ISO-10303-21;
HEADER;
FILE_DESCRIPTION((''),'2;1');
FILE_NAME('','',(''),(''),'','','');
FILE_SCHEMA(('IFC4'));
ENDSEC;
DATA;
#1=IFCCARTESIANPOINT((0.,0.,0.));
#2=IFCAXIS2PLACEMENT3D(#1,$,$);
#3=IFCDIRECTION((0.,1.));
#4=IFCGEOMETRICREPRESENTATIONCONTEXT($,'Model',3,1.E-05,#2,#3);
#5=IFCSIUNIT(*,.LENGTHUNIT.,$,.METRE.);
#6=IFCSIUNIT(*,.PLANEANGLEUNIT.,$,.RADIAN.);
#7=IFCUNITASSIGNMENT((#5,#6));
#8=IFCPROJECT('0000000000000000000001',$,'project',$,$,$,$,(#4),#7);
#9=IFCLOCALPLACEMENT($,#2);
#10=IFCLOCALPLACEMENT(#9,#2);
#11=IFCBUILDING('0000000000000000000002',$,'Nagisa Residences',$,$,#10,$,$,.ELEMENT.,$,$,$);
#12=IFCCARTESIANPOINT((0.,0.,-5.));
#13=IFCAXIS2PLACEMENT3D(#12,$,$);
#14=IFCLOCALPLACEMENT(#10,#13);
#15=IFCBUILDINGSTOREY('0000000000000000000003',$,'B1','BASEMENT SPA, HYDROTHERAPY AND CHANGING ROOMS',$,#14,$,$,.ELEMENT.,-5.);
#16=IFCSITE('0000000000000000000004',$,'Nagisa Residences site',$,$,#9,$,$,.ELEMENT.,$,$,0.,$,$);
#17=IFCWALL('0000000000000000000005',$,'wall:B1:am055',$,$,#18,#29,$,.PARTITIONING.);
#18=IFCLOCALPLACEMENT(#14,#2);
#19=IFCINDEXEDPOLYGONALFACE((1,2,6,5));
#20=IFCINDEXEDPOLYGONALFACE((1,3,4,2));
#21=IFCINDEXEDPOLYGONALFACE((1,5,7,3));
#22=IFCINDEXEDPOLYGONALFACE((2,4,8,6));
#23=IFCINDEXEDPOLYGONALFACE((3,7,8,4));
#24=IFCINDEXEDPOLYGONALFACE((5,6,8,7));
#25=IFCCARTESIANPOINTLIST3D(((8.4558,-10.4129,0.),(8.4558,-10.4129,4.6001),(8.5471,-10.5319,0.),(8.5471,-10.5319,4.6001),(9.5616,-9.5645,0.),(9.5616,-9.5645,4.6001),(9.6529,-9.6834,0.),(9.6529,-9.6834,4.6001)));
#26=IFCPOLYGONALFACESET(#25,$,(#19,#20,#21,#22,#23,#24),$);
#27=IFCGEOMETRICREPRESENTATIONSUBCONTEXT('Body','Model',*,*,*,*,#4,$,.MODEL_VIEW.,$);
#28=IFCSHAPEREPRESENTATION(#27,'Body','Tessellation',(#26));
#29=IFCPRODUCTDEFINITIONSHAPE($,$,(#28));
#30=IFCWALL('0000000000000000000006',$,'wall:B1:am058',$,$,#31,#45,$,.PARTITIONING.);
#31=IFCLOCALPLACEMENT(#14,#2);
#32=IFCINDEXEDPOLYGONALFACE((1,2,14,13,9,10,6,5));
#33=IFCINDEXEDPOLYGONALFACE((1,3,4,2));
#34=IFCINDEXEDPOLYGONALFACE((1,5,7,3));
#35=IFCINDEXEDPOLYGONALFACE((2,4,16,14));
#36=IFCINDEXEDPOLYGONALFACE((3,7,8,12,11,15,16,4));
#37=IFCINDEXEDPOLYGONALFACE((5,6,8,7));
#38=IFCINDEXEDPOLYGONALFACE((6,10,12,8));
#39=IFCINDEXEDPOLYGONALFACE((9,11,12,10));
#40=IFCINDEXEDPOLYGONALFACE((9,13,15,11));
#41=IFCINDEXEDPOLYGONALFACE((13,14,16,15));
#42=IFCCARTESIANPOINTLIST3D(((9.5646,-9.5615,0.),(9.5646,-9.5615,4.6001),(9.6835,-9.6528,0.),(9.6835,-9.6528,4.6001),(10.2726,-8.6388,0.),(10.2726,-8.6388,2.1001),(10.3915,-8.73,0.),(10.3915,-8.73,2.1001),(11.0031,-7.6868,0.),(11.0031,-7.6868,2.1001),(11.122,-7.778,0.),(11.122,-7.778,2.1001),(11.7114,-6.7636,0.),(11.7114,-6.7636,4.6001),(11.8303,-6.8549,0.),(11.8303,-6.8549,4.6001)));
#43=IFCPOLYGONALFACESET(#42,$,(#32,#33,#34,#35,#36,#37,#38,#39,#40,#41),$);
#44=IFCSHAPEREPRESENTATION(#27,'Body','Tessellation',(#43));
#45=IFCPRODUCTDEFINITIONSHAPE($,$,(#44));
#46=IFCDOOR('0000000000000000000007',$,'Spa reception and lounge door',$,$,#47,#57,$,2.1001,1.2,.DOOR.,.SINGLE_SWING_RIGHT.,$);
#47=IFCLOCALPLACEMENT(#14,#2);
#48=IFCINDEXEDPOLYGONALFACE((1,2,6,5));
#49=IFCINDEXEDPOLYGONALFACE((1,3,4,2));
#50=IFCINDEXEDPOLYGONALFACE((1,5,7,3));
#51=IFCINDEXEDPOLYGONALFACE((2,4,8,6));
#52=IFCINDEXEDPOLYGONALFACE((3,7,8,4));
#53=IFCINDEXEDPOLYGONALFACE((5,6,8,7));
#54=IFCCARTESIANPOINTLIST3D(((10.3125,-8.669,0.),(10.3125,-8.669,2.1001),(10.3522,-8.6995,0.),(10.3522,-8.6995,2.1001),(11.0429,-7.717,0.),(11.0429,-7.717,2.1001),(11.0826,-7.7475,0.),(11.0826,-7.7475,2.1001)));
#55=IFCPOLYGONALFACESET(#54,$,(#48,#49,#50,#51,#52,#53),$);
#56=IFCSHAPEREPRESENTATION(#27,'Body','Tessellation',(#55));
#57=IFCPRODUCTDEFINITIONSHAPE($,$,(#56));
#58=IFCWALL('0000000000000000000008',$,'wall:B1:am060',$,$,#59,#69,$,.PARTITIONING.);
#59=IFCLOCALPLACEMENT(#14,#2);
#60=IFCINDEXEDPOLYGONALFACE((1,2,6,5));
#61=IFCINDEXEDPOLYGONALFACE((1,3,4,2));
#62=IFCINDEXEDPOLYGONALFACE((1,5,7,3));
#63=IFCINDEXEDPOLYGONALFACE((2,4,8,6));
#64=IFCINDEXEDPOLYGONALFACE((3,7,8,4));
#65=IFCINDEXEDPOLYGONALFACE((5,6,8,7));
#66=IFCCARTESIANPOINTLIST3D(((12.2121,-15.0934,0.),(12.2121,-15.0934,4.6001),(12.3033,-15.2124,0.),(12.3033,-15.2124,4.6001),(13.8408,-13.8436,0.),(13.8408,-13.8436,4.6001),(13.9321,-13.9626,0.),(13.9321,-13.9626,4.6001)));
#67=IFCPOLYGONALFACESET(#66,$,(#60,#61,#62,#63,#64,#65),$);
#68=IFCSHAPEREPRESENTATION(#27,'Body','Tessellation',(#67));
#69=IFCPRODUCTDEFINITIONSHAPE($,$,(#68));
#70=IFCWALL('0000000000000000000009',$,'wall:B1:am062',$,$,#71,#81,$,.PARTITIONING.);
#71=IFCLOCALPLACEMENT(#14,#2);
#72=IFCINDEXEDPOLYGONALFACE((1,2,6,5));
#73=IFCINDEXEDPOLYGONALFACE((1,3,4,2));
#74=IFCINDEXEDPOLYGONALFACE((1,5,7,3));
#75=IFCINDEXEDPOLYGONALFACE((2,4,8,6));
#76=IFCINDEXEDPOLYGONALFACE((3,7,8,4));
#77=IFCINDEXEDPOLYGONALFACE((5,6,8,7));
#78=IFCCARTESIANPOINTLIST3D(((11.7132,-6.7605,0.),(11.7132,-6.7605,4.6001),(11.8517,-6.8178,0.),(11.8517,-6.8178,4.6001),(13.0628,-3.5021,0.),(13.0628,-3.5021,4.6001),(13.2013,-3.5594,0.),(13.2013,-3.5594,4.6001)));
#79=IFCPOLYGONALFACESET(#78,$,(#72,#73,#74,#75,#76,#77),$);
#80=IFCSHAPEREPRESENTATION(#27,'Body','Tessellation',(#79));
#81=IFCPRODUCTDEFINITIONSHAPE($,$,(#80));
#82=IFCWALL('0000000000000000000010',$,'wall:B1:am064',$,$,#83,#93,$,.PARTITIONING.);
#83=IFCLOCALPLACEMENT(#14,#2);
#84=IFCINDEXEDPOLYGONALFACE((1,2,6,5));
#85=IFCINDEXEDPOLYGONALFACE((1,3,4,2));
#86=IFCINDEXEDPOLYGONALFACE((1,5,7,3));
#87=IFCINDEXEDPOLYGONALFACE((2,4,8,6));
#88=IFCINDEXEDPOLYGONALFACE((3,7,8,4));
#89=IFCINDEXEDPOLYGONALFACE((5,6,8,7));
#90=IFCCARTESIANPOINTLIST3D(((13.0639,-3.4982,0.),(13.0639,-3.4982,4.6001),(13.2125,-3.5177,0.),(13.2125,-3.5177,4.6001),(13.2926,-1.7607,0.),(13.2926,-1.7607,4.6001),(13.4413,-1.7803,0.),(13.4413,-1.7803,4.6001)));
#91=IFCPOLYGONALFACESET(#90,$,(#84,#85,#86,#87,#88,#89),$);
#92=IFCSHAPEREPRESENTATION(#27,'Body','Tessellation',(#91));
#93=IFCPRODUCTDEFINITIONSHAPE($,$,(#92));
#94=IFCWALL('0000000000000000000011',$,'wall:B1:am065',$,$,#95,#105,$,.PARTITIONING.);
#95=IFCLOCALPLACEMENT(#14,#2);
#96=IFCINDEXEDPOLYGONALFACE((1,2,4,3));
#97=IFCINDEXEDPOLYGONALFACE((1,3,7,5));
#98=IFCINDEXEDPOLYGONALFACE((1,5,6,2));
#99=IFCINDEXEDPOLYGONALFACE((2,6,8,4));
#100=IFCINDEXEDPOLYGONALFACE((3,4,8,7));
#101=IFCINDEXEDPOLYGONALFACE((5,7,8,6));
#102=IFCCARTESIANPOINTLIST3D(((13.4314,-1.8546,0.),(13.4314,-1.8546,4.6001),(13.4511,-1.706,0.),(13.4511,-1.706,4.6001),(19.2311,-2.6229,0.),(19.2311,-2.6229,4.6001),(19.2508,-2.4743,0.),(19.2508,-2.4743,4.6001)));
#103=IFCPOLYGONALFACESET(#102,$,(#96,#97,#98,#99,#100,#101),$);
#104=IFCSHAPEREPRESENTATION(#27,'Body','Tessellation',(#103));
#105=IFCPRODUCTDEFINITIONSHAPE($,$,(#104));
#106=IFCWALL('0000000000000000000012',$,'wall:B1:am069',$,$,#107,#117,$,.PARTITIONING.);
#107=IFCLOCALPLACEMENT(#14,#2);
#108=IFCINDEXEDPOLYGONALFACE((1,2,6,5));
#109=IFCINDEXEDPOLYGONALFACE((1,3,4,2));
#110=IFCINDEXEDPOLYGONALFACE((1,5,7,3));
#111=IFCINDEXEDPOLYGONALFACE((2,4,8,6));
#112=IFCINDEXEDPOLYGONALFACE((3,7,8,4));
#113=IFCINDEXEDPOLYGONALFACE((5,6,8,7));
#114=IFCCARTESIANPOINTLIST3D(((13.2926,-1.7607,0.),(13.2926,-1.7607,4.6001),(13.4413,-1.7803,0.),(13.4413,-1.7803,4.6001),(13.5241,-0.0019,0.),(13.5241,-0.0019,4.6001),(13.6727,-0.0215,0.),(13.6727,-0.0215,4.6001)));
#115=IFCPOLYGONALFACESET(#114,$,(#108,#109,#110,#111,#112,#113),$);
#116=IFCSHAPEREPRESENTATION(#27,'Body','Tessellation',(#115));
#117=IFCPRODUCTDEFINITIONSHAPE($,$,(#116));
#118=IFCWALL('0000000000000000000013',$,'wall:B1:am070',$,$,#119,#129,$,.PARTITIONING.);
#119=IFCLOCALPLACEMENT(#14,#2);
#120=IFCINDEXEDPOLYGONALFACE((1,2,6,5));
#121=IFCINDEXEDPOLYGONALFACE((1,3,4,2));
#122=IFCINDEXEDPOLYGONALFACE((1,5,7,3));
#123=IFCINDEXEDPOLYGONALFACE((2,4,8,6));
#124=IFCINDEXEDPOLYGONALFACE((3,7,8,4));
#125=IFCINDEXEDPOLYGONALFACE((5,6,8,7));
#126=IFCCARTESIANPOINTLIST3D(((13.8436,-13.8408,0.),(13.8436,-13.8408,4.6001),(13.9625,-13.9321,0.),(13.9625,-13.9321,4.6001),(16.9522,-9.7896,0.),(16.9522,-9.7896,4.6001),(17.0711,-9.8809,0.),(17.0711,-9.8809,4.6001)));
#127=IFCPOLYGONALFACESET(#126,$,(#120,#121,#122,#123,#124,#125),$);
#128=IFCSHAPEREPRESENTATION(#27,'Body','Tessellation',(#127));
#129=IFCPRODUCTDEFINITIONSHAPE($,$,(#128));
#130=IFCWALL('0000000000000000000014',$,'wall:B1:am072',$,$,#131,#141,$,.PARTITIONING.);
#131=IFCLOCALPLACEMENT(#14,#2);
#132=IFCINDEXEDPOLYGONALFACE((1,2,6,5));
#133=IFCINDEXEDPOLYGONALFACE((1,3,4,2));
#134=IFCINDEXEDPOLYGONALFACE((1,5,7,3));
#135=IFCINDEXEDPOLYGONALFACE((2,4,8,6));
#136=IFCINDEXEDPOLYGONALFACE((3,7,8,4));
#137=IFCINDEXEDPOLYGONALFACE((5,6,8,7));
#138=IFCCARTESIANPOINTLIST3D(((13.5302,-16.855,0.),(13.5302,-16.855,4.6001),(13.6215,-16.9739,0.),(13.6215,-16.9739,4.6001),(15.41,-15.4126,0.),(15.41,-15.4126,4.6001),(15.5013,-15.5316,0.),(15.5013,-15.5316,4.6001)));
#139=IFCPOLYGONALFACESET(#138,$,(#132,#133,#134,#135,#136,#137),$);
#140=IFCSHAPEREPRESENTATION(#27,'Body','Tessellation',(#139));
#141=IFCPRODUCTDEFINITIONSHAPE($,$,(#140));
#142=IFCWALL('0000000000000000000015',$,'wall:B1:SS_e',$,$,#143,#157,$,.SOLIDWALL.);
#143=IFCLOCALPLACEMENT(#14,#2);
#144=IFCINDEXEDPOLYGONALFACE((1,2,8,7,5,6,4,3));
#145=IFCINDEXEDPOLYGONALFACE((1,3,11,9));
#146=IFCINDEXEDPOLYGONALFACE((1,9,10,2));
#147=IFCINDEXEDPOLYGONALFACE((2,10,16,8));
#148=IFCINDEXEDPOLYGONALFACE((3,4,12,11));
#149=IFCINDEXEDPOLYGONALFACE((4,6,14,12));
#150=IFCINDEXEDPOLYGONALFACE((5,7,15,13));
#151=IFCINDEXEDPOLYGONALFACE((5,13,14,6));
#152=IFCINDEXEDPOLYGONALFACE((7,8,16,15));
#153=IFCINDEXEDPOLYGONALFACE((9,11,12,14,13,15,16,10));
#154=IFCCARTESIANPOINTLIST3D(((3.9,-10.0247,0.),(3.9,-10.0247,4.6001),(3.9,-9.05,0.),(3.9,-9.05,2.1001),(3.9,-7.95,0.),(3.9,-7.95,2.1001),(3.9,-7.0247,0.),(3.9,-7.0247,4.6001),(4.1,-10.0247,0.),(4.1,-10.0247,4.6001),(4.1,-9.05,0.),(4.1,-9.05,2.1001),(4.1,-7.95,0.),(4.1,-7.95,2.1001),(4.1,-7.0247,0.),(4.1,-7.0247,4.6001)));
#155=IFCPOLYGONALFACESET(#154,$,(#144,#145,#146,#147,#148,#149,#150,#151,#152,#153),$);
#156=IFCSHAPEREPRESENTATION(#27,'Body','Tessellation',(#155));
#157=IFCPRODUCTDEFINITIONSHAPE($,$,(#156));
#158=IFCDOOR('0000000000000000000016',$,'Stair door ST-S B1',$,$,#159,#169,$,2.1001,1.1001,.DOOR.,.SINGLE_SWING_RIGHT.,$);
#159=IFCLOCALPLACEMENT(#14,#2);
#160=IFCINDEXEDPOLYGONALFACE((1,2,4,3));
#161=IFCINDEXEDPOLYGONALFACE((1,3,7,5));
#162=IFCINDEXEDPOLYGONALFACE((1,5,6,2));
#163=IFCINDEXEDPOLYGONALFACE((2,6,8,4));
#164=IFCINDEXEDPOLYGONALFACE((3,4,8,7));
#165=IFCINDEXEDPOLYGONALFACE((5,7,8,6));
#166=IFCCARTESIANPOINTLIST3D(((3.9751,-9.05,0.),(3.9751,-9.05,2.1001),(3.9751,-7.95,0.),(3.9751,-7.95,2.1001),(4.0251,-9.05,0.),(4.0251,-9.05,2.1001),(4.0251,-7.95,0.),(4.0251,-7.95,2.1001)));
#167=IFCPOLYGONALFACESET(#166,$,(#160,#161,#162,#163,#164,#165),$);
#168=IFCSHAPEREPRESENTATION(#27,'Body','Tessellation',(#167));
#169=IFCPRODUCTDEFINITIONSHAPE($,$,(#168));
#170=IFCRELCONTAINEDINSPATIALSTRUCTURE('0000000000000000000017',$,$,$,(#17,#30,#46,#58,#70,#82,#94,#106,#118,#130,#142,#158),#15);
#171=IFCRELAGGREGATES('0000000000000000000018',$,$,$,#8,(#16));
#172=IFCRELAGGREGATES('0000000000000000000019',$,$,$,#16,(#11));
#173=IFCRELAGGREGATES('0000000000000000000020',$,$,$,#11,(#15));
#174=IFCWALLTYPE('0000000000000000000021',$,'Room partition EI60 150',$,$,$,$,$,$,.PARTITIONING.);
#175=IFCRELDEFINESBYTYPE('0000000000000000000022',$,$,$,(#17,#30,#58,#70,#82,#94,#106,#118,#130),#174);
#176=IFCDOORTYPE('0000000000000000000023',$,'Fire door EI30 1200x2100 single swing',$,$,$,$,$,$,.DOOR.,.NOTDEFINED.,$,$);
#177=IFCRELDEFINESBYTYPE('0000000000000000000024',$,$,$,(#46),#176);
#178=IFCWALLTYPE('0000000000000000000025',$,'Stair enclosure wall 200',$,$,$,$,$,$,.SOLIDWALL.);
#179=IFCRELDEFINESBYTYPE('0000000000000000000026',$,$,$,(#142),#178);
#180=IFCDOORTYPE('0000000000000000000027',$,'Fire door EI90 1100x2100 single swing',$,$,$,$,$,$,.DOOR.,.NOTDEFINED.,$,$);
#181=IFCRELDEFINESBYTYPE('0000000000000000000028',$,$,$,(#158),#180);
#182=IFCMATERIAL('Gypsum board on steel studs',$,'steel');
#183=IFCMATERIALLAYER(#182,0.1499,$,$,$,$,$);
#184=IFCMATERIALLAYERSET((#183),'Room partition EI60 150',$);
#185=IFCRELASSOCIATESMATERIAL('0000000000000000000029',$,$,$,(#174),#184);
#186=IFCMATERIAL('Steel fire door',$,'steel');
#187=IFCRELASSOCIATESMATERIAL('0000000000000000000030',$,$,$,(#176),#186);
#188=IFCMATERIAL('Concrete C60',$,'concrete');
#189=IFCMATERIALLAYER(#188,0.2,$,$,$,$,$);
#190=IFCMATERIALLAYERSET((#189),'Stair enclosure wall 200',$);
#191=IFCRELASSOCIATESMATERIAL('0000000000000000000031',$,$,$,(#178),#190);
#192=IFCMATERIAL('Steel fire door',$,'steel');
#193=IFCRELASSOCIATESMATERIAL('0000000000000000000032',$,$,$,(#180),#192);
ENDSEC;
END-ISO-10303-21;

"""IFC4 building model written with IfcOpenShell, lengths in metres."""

from ifc_helpers import new_model, si_unit, direction, frame, frame_2d, origin, place, context, subcontext, project, spatial, rectangle, extrude, material, layer, layer_set, type_object, element, fill, save


model = new_model("IFC4")

# Units and contexts
model_context = context("Model", 3, precision=1e-05, world=origin(), true_north=direction((0.0, 1.0)))
body_context = subcontext(model_context, "Body", "Model", "MODEL_VIEW")
ifc_project = project(units=[si_unit("LENGTHUNIT", "METRE"), si_unit("PLANEANGLEUNIT", "RADIAN")], contexts=[model_context])

# Site, building, storey
site_placement = place(None, origin())
site = spatial("IfcSite", under=ifc_project, at=site_placement, Name="Nagisa Residences site", CompositionType="ELEMENT", RefElevation=0.0)
building_placement = place(site_placement, origin())
building = spatial("IfcBuilding", under=site, at=building_placement, Name="Nagisa Residences", CompositionType="ELEMENT")
storey_placement = place(building_placement, frame((0.0, 0.0, -5.0)))
storey = spatial("IfcBuildingStorey", under=building, at=storey_placement, Name="B1", Description="BASEMENT SPA, HYDROTHERAPY AND CHANGING ROOMS", CompositionType="ELEMENT", Elevation=-5.0)

# Wall
ifc_material_1 = material(Name="Gypsum board on steel studs", Category="steel")
ifc_layer_1 = layer(ifc_material_1, 0.1499)
ifc_layer_set_1 = layer_set([ifc_layer_1], Name="Room partition EI60 150")
wall_type_1 = type_object("IfcWallType", Name="Room partition EI60 150", PredefinedType="PARTITIONING", material=ifc_layer_set_1)
wall_1_placement = place(storey_placement, frame((9.6072, -9.624, 0.0), z_axis=(0.0, 0.0, 1.0), x_axis=(-0.793372, -0.608737, 0.0)))
element("IfcWall", 1, at=wall_1_placement, inside=storey, type_object=wall_type_1, Name="wall:B1:am055", PredefinedType="PARTITIONING", context=body_context, shape_type="SweptSolid", body=[
    extrude(rectangle(XDim=1.3938, YDim=0.1499, at=frame_2d((0.6968, 0.0))), origin(), (0.0, 0.0, 1.0), 4.6001),
])

# Wall, opening, door
wall_2_placement = place(storey_placement, frame((11.7708, -6.8093, 0.0), z_axis=(0.0, 0.0, 1.0), x_axis=(-0.608737, -0.793372, 0.0)))
wall_2 = element("IfcWall", 2, at=wall_2_placement, inside=storey, type_object=wall_type_1, Name="wall:B1:am058", PredefinedType="PARTITIONING", context=body_context, shape_type="SweptSolid", body=[
    extrude(rectangle(XDim=3.5266, YDim=0.1499, at=frame_2d((1.7632, 0.0))), origin(), (0.0, 0.0, 1.0), 4.6001),
])
opening_1_placement = place(wall_2_placement, frame((1.1633, 0.0, 0.0)))
opening_1 = element("IfcOpeningElement", 3, at=opening_1_placement, cuts=wall_2, PredefinedType="OPENING", context=body_context, shape_type="SweptSolid", body=[
    extrude(rectangle(XDim=1.2, YDim=2.1001, at=frame_2d((0.6001, 1.05))), frame((0.0, 0.085, 0.0), z_axis=(0.0, -1.0, 0.0), x_axis=(1.0, 0.0, 0.0)), (0.0, 0.0, 1.0), 0.1699),
])
ifc_material_2 = material(Name="Steel fire door", Category="steel")
door_type_1 = type_object("IfcDoorType", Name="Fire door EI30 1200x2100 single swing", OperationType="NOTDEFINED", PredefinedType="DOOR", material=ifc_material_2)
door_1_placement = place(opening_1_placement, frame((1.2, 0.0, 0.0), x_axis=(-1.0, 0.0, 0.0)))
door_1 = element("IfcDoor", 4, at=door_1_placement, inside=storey, type_object=door_type_1, Name="Spa reception and lounge door", OperationType="SINGLE_SWING_RIGHT", OverallHeight=2.1001, OverallWidth=1.2, PredefinedType="DOOR", context=body_context, shape_type="SweptSolid", body=[
    extrude(rectangle(XDim=1.2, YDim=2.1001, at=frame_2d((0.6001, 1.05))), frame((0.0, 0.0249, 0.0), z_axis=(0.0, -1.0, 0.0), x_axis=(1.0, 0.0, 0.0)), (0.0, 0.0, 1.0), 0.05),
])
fill(opening_1, door_1)

# Walls
wall_3_placement = place(storey_placement, frame((12.2578, -15.1528, 0.0), z_axis=(0.0, 0.0, 1.0), x_axis=(0.793344, 0.608774, 0.0)))
element("IfcWall", 5, at=wall_3_placement, inside=storey, type_object=wall_type_1, Name="wall:B1:am060", PredefinedType="PARTITIONING", context=body_context, shape_type="SweptSolid", body=[
    extrude(rectangle(XDim=2.053, YDim=0.1499, at=frame_2d((1.0264, 0.0))), origin(), (0.0, 0.0, 1.0), 4.6001),
])
wall_4_placement = place(storey_placement, frame((13.1321, -3.5308, 0.0), z_axis=(0.0, 0.0, 1.0), x_axis=(-0.382678, -0.923882, 0.0)))
element("IfcWall", 6, at=wall_4_placement, inside=storey, type_object=wall_type_1, Name="wall:B1:am062", PredefinedType="PARTITIONING", context=body_context, shape_type="SweptSolid", body=[
    extrude(rectangle(XDim=3.5269, YDim=0.1499, at=frame_2d((1.7634, 0.0))), origin(), (0.0, 0.0, 1.0), 4.6001),
])
wall_5_placement = place(storey_placement, frame((13.3669, -1.7705, 0.0), z_axis=(0.0, 0.0, 1.0), x_axis=(-0.13053, -0.991444, 0.0)))
element("IfcWall", 7, at=wall_5_placement, inside=storey, type_object=wall_type_1, Name="wall:B1:am064", PredefinedType="PARTITIONING", context=body_context, shape_type="SweptSolid", body=[
    extrude(rectangle(XDim=1.7524, YDim=0.1499, at=frame_2d((0.8762, 0.0))), origin(), (0.0, 0.0, 1.0), 4.6001),
])
wall_6_placement = place(storey_placement, frame((13.4412, -1.7803, 0.0), z_axis=(0.0, 0.0, 1.0), x_axis=(0.991339, -0.13133, 0.0)))
element("IfcWall", 8, at=wall_6_placement, inside=storey, type_object=wall_type_1, Name="wall:B1:am065", PredefinedType="PARTITIONING", context=body_context, shape_type="SweptSolid", body=[
    extrude(rectangle(XDim=5.8503, YDim=0.1499, at=frame_2d((2.9253, 0.0))), origin(), (0.0, 0.0, 1.0), 4.6001),
])
wall_7_placement = place(storey_placement, frame((13.5984, -0.0117, 0.0), z_axis=(0.0, 0.0, 1.0), x_axis=(-0.130469, -0.991452, 0.0)))
element("IfcWall", 9, at=wall_7_placement, inside=storey, type_object=wall_type_1, Name="wall:B1:am069", PredefinedType="PARTITIONING", context=body_context, shape_type="SweptSolid", body=[
    extrude(rectangle(XDim=1.7739, YDim=0.1499, at=frame_2d((0.887, 0.0))), origin(), (0.0, 0.0, 1.0), 4.6001),
])
wall_8_placement = place(storey_placement, frame((13.9031, -13.8865, 0.0), z_axis=(0.0, 0.0, 1.0), x_axis=(0.608761, 0.793354, 0.0)))
element("IfcWall", 10, at=wall_8_placement, inside=storey, type_object=wall_type_1, Name="wall:B1:am070", PredefinedType="PARTITIONING", context=body_context, shape_type="SweptSolid", body=[
    extrude(rectangle(XDim=5.1064, YDim=0.1499, at=frame_2d((2.5532, 0.0))), origin(), (0.0, 0.0, 1.0), 4.6001),
])
wall_9_placement = place(storey_placement, frame((15.4556, -15.4722, 0.0), z_axis=(0.0, 0.0, 1.0), x_axis=(-0.793374, -0.608734, 0.0)))
element("IfcWall", 11, at=wall_9_placement, inside=storey, type_object=wall_type_1, Name="wall:B1:am072", PredefinedType="PARTITIONING", context=body_context, shape_type="SweptSolid", body=[
    extrude(rectangle(XDim=2.3694, YDim=0.1499, at=frame_2d((1.1846, 0.0))), origin(), (0.0, 0.0, 1.0), 4.6001),
])

# Wall, opening, door
ifc_material_3 = material(Name="Concrete C60", Category="concrete")
ifc_layer_2 = layer(ifc_material_3, 0.2)
ifc_layer_set_2 = layer_set([ifc_layer_2], Name="Stair enclosure wall 200")
wall_type_2 = type_object("IfcWallType", Name="Stair enclosure wall 200", PredefinedType="SOLIDWALL", material=ifc_layer_set_2)
wall_10_placement = place(storey_placement, frame((4.0, -10.0247, 0.0), z_axis=(0.0, 0.0, 1.0), x_axis=(0.0, 1.0, 0.0)))
wall_10 = element("IfcWall", 12, at=wall_10_placement, inside=storey, type_object=wall_type_2, Name="wall:B1:SS_e", PredefinedType="SOLIDWALL", context=body_context, shape_type="SweptSolid", body=[
    extrude(rectangle(XDim=3.0, YDim=0.2, at=frame_2d((1.5, 0.0))), origin(), (0.0, 0.0, 1.0), 4.6001),
])
opening_2_placement = place(wall_10_placement, frame((0.9746, 0.0, 0.0)))
opening_2 = element("IfcOpeningElement", 13, at=opening_2_placement, cuts=wall_10, PredefinedType="OPENING", context=body_context, shape_type="SweptSolid", body=[
    extrude(rectangle(XDim=1.1001, YDim=2.1001, at=frame_2d((0.55, 1.05))), frame((0.0, 0.1099, 0.0), z_axis=(0.0, -1.0, 0.0), x_axis=(1.0, 0.0, 0.0)), (0.0, 0.0, 1.0), 0.22),
])
ifc_material_4 = material(Name="Steel fire door", Category="steel")
door_type_2 = type_object("IfcDoorType", Name="Fire door EI90 1100x2100 single swing", OperationType="NOTDEFINED", PredefinedType="DOOR", material=ifc_material_4)
door_2_placement = place(opening_2_placement, origin())
door_2 = element("IfcDoor", 14, at=door_2_placement, inside=storey, type_object=door_type_2, Name="Stair door ST-S B1", OperationType="SINGLE_SWING_RIGHT", OverallHeight=2.1001, OverallWidth=1.1001, PredefinedType="DOOR", context=body_context, shape_type="SweptSolid", body=[
    extrude(rectangle(XDim=1.1001, YDim=2.1001, at=frame_2d((0.55, 1.05))), frame((0.0, 0.0249, 0.0), z_axis=(0.0, -1.0, 0.0), x_axis=(1.0, 0.0, 0.0)), (0.0, 0.0, 1.0), 0.05),
])
fill(opening_2, door_2)

save(model, "model.ifc")
